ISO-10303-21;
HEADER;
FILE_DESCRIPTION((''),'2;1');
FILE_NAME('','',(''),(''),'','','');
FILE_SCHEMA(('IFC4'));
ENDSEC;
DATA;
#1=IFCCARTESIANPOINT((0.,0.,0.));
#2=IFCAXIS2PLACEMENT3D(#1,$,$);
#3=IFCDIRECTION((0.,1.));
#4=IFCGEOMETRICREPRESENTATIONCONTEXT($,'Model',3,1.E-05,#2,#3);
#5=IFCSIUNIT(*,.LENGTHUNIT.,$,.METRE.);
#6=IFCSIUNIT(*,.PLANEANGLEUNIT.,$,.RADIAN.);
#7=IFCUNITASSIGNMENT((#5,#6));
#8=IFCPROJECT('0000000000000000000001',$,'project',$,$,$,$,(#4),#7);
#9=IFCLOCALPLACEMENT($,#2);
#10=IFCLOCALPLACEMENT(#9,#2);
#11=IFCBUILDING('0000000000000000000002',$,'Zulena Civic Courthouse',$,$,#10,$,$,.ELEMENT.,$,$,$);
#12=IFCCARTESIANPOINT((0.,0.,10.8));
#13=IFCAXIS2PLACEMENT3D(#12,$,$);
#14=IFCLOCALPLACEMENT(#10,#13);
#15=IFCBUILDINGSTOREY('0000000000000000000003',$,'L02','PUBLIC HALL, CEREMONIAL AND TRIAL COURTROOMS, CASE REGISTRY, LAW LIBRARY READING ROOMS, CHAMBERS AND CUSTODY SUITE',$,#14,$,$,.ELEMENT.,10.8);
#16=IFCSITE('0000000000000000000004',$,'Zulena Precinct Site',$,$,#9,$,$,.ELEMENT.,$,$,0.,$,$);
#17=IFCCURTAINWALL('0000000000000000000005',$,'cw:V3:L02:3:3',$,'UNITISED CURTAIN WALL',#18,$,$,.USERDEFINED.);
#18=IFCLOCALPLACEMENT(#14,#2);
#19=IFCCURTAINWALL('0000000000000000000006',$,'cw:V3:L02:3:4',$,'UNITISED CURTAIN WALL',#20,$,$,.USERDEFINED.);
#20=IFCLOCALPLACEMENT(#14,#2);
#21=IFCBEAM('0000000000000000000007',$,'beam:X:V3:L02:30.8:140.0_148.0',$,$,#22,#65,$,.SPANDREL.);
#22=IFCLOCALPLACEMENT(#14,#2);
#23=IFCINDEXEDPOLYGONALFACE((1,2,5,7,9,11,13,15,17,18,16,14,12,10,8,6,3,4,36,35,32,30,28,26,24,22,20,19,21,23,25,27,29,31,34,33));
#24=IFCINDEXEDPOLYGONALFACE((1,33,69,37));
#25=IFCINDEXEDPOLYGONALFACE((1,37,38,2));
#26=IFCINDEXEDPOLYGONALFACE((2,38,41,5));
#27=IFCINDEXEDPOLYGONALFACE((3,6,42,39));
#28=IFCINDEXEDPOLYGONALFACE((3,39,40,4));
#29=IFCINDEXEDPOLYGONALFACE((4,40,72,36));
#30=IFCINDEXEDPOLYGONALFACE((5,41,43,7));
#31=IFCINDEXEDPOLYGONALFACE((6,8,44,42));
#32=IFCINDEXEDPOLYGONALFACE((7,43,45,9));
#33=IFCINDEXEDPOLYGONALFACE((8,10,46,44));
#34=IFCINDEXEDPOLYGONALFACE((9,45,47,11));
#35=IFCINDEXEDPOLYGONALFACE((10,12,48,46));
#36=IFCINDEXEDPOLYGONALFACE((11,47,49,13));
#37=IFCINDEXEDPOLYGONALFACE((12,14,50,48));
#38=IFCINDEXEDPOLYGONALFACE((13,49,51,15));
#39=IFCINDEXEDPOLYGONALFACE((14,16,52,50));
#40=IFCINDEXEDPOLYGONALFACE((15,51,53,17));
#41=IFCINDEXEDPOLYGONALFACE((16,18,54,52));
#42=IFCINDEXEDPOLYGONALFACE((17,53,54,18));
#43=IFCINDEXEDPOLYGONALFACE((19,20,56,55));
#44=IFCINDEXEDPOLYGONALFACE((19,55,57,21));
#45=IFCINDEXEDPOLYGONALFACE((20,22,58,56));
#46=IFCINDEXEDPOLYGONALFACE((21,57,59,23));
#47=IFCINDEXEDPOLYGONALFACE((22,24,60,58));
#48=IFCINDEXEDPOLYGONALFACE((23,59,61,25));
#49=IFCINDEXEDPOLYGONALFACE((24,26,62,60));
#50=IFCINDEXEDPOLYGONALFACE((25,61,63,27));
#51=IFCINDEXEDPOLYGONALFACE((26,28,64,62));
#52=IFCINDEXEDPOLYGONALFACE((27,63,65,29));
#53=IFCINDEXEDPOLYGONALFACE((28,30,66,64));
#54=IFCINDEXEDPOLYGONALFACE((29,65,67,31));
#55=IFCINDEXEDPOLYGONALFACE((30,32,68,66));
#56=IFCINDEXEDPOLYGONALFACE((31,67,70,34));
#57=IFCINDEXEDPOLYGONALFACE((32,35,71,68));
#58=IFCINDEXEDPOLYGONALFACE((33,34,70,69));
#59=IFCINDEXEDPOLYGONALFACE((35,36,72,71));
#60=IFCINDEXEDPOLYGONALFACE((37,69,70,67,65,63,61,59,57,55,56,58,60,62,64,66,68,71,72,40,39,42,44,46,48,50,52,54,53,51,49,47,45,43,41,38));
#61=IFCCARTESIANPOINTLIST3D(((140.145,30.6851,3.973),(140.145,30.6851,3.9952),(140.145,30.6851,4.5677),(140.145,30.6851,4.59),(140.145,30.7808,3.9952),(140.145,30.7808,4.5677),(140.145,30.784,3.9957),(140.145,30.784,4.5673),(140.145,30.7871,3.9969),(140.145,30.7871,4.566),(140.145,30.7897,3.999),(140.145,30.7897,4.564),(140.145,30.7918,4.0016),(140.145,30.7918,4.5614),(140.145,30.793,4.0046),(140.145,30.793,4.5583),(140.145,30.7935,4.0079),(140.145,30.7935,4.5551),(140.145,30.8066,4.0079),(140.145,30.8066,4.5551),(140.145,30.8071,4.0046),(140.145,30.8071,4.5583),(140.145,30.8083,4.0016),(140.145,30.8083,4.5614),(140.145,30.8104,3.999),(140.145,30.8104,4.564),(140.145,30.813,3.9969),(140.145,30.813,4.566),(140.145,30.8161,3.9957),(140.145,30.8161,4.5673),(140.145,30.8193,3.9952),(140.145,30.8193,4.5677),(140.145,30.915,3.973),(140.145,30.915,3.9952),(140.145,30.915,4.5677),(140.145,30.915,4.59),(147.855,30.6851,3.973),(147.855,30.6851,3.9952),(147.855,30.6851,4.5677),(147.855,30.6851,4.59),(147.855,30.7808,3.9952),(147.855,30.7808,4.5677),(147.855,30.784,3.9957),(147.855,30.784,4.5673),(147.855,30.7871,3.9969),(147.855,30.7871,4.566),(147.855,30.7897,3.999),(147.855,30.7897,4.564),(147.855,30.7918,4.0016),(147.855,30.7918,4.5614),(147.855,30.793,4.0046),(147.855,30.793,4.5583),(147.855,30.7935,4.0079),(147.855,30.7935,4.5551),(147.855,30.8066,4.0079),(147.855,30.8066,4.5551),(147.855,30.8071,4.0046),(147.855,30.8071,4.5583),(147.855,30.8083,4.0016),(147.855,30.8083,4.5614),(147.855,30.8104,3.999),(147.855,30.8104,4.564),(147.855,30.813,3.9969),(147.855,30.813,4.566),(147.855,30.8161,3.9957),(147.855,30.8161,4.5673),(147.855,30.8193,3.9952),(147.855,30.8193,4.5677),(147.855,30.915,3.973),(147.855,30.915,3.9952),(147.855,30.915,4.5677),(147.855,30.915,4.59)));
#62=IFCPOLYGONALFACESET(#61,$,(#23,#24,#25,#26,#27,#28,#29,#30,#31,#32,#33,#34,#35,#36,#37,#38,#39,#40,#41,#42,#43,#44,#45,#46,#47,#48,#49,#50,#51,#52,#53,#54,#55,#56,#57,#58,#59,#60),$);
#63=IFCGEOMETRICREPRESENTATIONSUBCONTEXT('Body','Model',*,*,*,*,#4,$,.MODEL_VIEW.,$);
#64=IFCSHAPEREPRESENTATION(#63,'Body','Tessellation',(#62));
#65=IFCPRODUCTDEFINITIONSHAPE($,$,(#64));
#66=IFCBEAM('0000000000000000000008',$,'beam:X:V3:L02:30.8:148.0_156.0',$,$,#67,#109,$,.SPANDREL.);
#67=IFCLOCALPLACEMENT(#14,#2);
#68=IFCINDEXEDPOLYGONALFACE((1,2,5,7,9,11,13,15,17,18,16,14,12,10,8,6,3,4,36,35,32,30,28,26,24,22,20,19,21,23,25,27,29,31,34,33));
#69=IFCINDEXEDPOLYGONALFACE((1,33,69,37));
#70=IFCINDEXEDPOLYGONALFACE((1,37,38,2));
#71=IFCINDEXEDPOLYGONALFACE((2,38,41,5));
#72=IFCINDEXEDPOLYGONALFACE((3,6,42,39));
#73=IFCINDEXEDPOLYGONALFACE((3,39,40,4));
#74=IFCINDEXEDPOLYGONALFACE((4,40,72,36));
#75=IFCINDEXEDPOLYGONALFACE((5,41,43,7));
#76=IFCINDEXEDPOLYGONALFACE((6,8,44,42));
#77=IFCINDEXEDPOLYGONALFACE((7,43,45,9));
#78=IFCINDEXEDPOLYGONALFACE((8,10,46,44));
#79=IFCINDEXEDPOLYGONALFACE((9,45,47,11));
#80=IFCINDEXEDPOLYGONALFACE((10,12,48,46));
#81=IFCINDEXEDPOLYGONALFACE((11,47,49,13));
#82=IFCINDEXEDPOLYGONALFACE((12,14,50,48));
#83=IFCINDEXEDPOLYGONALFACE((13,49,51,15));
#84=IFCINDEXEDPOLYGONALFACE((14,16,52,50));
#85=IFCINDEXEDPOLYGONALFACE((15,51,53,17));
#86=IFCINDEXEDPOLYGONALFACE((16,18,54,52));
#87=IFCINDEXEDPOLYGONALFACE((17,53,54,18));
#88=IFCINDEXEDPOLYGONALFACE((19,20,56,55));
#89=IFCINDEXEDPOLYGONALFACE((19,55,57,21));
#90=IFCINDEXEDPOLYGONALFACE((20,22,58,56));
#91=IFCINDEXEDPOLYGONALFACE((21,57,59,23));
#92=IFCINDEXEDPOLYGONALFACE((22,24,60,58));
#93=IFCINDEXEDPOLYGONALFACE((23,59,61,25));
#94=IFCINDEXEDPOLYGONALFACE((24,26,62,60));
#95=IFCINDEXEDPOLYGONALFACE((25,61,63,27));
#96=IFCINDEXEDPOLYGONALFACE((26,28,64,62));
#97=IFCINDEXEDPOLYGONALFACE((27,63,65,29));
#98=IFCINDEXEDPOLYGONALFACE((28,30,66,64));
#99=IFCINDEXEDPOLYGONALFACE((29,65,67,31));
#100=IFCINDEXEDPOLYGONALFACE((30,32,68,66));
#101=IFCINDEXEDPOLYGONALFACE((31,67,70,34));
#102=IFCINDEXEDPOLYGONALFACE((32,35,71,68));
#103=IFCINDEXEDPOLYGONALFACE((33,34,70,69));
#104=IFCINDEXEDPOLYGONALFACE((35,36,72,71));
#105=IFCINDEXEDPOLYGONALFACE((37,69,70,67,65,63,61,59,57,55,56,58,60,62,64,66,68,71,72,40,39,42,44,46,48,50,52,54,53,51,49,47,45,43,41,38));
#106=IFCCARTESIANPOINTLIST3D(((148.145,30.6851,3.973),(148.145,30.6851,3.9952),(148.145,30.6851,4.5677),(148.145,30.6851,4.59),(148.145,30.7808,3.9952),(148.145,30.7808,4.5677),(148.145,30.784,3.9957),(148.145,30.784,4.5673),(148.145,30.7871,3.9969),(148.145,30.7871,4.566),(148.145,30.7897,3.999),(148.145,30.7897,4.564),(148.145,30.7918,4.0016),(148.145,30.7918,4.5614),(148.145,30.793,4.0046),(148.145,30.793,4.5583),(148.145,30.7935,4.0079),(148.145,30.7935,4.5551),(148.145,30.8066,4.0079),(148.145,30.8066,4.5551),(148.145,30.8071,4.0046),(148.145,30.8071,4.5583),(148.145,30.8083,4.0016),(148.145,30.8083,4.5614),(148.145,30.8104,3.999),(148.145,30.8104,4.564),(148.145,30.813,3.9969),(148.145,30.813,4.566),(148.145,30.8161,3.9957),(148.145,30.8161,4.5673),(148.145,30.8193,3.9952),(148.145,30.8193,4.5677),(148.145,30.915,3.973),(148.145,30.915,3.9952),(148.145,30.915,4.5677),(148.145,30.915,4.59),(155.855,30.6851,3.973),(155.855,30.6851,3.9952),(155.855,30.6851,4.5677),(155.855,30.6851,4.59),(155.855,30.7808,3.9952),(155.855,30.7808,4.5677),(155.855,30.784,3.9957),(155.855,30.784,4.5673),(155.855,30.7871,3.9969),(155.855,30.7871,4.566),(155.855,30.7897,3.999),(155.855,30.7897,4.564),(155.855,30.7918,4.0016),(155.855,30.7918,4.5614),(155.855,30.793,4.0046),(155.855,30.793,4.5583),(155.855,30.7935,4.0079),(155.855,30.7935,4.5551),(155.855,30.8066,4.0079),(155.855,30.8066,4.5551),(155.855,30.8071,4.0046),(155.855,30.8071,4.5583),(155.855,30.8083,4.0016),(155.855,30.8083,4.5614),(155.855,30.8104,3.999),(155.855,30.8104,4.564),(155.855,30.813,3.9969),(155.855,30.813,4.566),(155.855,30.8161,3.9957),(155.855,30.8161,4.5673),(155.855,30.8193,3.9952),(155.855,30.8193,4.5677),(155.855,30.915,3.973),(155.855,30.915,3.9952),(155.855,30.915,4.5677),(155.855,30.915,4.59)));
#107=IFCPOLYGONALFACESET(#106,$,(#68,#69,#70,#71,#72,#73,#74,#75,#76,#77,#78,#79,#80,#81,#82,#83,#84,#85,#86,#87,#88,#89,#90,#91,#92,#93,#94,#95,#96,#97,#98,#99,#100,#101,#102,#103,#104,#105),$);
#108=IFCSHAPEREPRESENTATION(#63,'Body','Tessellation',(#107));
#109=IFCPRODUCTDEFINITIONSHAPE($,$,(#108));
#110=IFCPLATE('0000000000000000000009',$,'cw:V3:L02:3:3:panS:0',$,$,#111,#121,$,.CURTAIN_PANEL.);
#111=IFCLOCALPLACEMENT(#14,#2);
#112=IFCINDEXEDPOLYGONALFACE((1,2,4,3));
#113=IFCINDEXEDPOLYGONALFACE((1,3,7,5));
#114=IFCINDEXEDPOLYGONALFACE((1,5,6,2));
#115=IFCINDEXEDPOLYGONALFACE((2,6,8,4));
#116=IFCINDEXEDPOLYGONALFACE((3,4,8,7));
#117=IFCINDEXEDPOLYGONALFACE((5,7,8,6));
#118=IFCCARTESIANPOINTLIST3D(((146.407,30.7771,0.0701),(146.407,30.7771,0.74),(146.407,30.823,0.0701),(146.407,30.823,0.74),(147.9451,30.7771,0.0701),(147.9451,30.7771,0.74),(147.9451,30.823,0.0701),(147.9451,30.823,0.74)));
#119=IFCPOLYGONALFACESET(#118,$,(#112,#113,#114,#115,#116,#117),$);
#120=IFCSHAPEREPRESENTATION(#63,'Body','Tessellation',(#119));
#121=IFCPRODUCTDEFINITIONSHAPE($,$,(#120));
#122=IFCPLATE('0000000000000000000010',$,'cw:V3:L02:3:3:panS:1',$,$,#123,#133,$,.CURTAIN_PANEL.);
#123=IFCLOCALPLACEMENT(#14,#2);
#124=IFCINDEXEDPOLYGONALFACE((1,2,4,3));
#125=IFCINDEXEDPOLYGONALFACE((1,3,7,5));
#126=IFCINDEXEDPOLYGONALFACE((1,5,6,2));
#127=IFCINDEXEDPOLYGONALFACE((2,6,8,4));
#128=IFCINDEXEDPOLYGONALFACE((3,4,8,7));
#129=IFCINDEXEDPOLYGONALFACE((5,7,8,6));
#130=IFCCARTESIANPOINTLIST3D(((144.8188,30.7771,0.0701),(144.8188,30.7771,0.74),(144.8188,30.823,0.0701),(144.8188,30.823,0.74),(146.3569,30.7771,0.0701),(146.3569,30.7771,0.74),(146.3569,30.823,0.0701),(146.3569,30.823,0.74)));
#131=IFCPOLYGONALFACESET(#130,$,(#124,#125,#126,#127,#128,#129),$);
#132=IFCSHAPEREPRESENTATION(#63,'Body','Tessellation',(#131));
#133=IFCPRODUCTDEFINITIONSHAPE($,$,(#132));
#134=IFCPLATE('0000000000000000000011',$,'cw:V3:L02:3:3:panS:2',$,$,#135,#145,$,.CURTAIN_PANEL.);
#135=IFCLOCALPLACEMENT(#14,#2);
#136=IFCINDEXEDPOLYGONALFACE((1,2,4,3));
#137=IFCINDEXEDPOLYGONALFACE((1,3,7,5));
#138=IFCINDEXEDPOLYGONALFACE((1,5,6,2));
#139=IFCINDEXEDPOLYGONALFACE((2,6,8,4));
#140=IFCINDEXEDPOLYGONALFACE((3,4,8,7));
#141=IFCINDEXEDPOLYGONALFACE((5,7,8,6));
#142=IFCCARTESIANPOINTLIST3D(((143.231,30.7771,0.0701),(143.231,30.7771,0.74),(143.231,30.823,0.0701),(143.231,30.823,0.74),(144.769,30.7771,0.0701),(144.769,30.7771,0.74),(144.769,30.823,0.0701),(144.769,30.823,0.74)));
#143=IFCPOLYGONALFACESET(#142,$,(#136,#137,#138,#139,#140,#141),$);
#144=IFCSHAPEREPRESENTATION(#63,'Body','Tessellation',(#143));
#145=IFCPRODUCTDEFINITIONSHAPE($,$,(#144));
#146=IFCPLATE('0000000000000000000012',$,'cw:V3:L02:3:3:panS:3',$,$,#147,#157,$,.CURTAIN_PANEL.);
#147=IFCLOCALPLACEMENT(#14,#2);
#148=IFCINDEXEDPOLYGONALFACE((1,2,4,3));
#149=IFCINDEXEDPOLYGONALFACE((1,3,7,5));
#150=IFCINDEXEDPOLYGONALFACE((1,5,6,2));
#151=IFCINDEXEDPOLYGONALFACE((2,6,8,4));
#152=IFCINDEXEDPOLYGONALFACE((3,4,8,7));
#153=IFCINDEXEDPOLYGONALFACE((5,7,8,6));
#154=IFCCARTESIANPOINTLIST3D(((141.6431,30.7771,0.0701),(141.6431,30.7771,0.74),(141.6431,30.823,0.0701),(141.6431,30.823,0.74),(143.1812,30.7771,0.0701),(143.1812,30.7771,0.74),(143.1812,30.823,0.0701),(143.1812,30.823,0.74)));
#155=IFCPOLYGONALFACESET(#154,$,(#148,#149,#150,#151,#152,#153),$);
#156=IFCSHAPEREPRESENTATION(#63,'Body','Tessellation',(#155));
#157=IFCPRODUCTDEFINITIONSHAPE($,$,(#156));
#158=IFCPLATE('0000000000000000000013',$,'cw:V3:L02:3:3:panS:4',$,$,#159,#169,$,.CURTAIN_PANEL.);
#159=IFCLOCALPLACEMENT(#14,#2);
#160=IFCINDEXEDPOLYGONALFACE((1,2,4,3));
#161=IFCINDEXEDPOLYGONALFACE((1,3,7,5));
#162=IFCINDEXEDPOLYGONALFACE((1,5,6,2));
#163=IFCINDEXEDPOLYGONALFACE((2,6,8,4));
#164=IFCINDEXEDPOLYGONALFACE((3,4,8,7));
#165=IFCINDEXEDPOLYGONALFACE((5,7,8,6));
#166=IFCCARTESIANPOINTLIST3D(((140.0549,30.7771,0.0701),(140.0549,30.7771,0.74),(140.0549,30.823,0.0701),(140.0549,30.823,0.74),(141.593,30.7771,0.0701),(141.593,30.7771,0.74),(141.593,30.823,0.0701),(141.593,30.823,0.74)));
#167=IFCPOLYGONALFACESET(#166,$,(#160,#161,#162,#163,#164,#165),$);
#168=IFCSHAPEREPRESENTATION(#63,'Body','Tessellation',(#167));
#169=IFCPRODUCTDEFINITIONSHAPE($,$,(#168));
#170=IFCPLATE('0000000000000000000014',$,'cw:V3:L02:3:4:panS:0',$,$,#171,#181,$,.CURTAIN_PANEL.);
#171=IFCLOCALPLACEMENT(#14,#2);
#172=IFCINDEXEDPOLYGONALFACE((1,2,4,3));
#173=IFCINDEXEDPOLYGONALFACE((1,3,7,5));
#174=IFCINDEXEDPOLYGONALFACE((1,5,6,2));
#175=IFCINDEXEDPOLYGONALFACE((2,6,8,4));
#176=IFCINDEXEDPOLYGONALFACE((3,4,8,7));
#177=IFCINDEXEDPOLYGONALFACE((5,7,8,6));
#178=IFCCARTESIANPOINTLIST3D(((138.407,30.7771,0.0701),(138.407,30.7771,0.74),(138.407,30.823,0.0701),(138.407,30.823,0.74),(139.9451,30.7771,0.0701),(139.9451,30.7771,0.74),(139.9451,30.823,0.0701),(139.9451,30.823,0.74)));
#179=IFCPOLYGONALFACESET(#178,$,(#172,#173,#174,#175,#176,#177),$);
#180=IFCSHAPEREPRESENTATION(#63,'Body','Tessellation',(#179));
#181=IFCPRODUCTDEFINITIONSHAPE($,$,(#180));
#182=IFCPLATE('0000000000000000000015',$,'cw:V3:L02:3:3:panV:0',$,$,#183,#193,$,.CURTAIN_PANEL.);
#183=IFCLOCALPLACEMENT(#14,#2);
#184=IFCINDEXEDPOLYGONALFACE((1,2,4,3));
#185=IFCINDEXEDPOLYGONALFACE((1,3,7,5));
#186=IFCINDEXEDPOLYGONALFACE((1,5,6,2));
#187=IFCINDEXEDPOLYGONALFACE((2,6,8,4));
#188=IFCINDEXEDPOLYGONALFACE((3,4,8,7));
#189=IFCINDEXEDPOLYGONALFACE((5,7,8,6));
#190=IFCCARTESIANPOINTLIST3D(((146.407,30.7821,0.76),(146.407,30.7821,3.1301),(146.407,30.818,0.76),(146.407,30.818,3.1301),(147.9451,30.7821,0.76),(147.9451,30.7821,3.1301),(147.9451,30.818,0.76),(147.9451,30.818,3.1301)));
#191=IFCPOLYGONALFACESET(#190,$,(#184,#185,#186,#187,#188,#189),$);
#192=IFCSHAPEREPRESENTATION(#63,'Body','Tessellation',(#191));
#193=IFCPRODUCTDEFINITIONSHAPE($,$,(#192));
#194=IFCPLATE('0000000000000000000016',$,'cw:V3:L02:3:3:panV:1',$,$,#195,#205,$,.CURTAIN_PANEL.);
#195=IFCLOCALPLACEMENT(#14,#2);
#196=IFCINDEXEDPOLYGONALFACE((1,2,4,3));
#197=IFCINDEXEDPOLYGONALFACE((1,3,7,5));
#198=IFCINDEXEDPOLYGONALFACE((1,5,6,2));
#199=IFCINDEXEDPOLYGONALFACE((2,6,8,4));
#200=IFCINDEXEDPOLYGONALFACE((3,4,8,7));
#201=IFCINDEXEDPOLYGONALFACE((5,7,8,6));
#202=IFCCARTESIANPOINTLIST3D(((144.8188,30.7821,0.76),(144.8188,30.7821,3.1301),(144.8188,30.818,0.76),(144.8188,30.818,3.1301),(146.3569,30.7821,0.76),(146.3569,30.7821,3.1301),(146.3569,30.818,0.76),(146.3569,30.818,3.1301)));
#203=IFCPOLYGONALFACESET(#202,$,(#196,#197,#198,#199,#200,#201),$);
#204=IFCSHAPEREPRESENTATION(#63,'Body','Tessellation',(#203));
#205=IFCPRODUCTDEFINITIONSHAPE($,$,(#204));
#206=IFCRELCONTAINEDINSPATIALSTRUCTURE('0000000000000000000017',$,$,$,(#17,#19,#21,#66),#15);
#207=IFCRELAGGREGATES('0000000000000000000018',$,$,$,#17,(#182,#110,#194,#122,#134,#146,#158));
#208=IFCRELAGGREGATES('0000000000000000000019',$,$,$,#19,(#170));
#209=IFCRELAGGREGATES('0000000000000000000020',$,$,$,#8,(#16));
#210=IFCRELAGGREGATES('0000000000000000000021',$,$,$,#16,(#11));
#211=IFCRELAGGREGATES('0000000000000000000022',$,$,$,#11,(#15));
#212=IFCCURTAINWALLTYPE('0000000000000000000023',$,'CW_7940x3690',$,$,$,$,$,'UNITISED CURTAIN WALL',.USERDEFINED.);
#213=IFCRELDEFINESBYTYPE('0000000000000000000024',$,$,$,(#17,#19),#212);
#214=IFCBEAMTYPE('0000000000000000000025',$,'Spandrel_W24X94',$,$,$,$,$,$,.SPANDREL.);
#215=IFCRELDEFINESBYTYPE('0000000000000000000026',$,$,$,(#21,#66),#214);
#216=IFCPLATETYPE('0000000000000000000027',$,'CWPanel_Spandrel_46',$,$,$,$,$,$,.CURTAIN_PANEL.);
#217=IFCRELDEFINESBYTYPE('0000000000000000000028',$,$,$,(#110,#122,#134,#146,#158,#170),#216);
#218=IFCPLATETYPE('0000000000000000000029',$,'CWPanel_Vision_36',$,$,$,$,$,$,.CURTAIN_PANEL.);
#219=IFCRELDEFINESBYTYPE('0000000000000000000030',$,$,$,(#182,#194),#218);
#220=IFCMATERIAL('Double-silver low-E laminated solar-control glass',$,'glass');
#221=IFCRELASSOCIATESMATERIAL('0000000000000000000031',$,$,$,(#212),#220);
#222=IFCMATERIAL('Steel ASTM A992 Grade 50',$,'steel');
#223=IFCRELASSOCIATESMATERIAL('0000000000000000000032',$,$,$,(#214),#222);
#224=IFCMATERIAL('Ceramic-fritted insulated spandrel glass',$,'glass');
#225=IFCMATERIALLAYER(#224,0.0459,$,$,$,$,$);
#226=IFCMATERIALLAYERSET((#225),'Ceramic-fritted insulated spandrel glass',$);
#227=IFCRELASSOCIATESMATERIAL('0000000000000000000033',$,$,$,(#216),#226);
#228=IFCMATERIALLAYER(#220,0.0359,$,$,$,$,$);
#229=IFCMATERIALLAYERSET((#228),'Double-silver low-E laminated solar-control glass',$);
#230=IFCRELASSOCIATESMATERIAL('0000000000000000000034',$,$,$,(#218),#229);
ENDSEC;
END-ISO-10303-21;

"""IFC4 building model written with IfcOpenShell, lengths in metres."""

from ifc_helpers import new_model, si_unit, direction, frame, origin, origin_2d, place, context, subcontext, project, spatial, rectangle, i_section, extrude, material, layer, layer_set, material_profile, profile_set, type_object, element, aggregate, save


model = new_model("IFC4")

# Units and contexts
model_context = context("Model", 3, precision=1e-05, world=origin(), true_north=direction((0.0, 1.0)))
body_context = subcontext(model_context, "Body", "Model", "MODEL_VIEW")
ifc_project = project(units=[si_unit("LENGTHUNIT", "METRE"), si_unit("PLANEANGLEUNIT", "RADIAN")], contexts=[model_context])

# Site, building, storey
site_placement = place(None, origin())
site = spatial("IfcSite", under=ifc_project, at=site_placement, Name="Zulena Precinct Site", CompositionType="ELEMENT", RefElevation=0.0)
building_placement = place(site_placement, origin())
building = spatial("IfcBuilding", under=site, at=building_placement, Name="Zulena Civic Courthouse", CompositionType="ELEMENT")
storey_placement = place(building_placement, frame((0.0, 0.0, 10.8)))
storey = spatial("IfcBuildingStorey", under=building, at=storey_placement, Name="L02", Description="PUBLIC HALL, CEREMONIAL AND TRIAL COURTROOMS, CASE REGISTRY, LAW LIBRARY READING ROOMS, CHAMBERS AND CUSTODY SUITE", CompositionType="ELEMENT", Elevation=10.8)

# Shared definitions
ifc_material_1 = material(Name="Steel ASTM A992 Grade 50", Category="steel")

# Shared definitions
ifc_material_2 = material(Name="Double-silver low-E laminated solar-control glass", Category="glass")
curtain_wall_type = type_object("IfcCurtainWallType", Name="CW_7940x3690", ElementType="UNITISED CURTAIN WALL", PredefinedType="USERDEFINED", material=ifc_material_2)

# Curtain wall
curtain_wall_1_placement = place(storey_placement, origin())
curtain_wall_1 = element("IfcCurtainWall", 1, at=curtain_wall_1_placement, inside=storey, type_object=curtain_wall_type, Name="cw:V3:L02:3:3", ObjectType="UNITISED CURTAIN WALL", PredefinedType="USERDEFINED")

# Curtain wall
curtain_wall_2_placement = place(storey_placement, origin())
curtain_wall_2 = element("IfcCurtainWall", 2, at=curtain_wall_2_placement, inside=storey, type_object=curtain_wall_type, Name="cw:V3:L02:3:4", ObjectType="UNITISED CURTAIN WALL", PredefinedType="USERDEFINED")

# Beams
ifc_material_profile_1 = material_profile(ifc_material_1, i_section(OverallWidth=0.23, OverallDepth=0.6169, WebThickness=0.0132, FlangeThickness=0.0222, FilletRadius=0.0127, at=origin_2d()), Name="W24X94")
ifc_profile_set_1 = profile_set([ifc_material_profile_1], Name="Steel ASTM A992 Grade 50")
beam_type = type_object("IfcBeamType", Name="Spandrel_W24X94", PredefinedType="SPANDREL", material=ifc_profile_set_1)
for number, where, z_axis, x_axis, name in (
    (3, (140.145, 30.8, 4.2815), (1.0, 0.0, 0.0), (0.0, 1.0, 0.0), "beam:X:V3:L02:30.8:140.0_148.0"),
    (4, (148.145, 30.8, 4.2815), (1.0, 0.0, 0.0), (0.0, 1.0, 0.0), "beam:X:V3:L02:30.8:148.0_156.0"),
):
    element("IfcBeam", number, at=place(storey_placement, frame(where, z_axis=z_axis, x_axis=x_axis)), inside=storey, type_object=beam_type, Name=name, PredefinedType="SPANDREL", context=body_context, shape_type="SweptSolid", body=[
        extrude(i_section(OverallWidth=0.23, OverallDepth=0.6169, WebThickness=0.0132, FlangeThickness=0.0222, FilletRadius=0.0127, at=origin_2d()), origin(), (0.0, 0.0, 1.0), 7.71),
    ])

# Plates
ifc_material_3 = material(Name="Ceramic-fritted insulated spandrel glass", Category="glass")
ifc_layer_1 = layer(ifc_material_3, 0.0459)
ifc_layer_set_1 = layer_set([ifc_layer_1], Name="Ceramic-fritted insulated spandrel glass")
plate_type_1 = type_object("IfcPlateType", Name="CWPanel_Spandrel_46", PredefinedType="CURTAIN_PANEL", material=ifc_layer_set_1)
plate_1_placement = place(storey_placement, frame((147.176, 30.8, 0.0701), z_axis=(0.0, 0.0, 1.0), x_axis=(-1.0, 0.0, 0.0)))
plate_1 = element("IfcPlate", 5, at=plate_1_placement, type_object=plate_type_1, Name="cw:V3:L02:3:3:panS:0", PredefinedType="CURTAIN_PANEL", context=body_context, shape_type="SweptSolid", body=[
    extrude(rectangle(XDim=1.5381, YDim=0.0459, at=origin_2d()), origin(), (0.0, 0.0, 1.0), 0.6699),
])
plate_2_placement = place(storey_placement, frame((145.5879, 30.8, 0.0701), z_axis=(0.0, 0.0, 1.0), x_axis=(-1.0, 0.0, 0.0)))
plate_2 = element("IfcPlate", 6, at=plate_2_placement, type_object=plate_type_1, Name="cw:V3:L02:3:3:panS:1", PredefinedType="CURTAIN_PANEL", context=body_context, shape_type="SweptSolid", body=[
    extrude(rectangle(XDim=1.5381, YDim=0.0459, at=origin_2d()), origin(), (0.0, 0.0, 1.0), 0.6699),
])
plate_3_placement = place(storey_placement, frame((144.0, 30.8, 0.0701), z_axis=(0.0, 0.0, 1.0), x_axis=(-1.0, 0.0, 0.0)))
plate_3 = element("IfcPlate", 7, at=plate_3_placement, type_object=plate_type_1, Name="cw:V3:L02:3:3:panS:2", PredefinedType="CURTAIN_PANEL", context=body_context, shape_type="SweptSolid", body=[
    extrude(rectangle(XDim=1.5381, YDim=0.0459, at=origin_2d()), origin(), (0.0, 0.0, 1.0), 0.6699),
])
plate_4_placement = place(storey_placement, frame((142.4121, 30.8, 0.0701), z_axis=(0.0, 0.0, 1.0), x_axis=(-1.0, 0.0, 0.0)))
plate_4 = element("IfcPlate", 8, at=plate_4_placement, type_object=plate_type_1, Name="cw:V3:L02:3:3:panS:3", PredefinedType="CURTAIN_PANEL", context=body_context, shape_type="SweptSolid", body=[
    extrude(rectangle(XDim=1.5381, YDim=0.0459, at=origin_2d()), origin(), (0.0, 0.0, 1.0), 0.6699),
])
plate_5_placement = place(storey_placement, frame((140.824, 30.8, 0.0701), z_axis=(0.0, 0.0, 1.0), x_axis=(-1.0, 0.0, 0.0)))
plate_5 = element("IfcPlate", 9, at=plate_5_placement, type_object=plate_type_1, Name="cw:V3:L02:3:3:panS:4", PredefinedType="CURTAIN_PANEL", context=body_context, shape_type="SweptSolid", body=[
    extrude(rectangle(XDim=1.5381, YDim=0.0459, at=origin_2d()), origin(), (0.0, 0.0, 1.0), 0.6699),
])
plate_6_placement = place(storey_placement, frame((139.176, 30.8, 0.0701), z_axis=(0.0, 0.0, 1.0), x_axis=(-1.0, 0.0, 0.0)))
plate_6 = element("IfcPlate", 10, at=plate_6_placement, type_object=plate_type_1, Name="cw:V3:L02:3:4:panS:0", PredefinedType="CURTAIN_PANEL", context=body_context, shape_type="SweptSolid", body=[
    extrude(rectangle(XDim=1.5381, YDim=0.0459, at=origin_2d()), origin(), (0.0, 0.0, 1.0), 0.6699),
])
ifc_layer_2 = layer(ifc_material_2, 0.0359)
ifc_layer_set_2 = layer_set([ifc_layer_2], Name="Double-silver low-E laminated solar-control glass")
plate_type_2 = type_object("IfcPlateType", Name="CWPanel_Vision_36", PredefinedType="CURTAIN_PANEL", material=ifc_layer_set_2)
plate_7_placement = place(storey_placement, frame((147.176, 30.8, 0.76), z_axis=(0.0, 0.0, 1.0), x_axis=(-1.0, 0.0, 0.0)))
plate_7 = element("IfcPlate", 11, at=plate_7_placement, type_object=plate_type_2, Name="cw:V3:L02:3:3:panV:0", PredefinedType="CURTAIN_PANEL", context=body_context, shape_type="SweptSolid", body=[
    extrude(rectangle(XDim=1.5381, YDim=0.0359, at=origin_2d()), origin(), (0.0, 0.0, 1.0), 2.3701),
])
plate_8_placement = place(storey_placement, frame((145.5879, 30.8, 0.76), z_axis=(0.0, 0.0, 1.0), x_axis=(-1.0, 0.0, 0.0)))
plate_8 = element("IfcPlate", 12, at=plate_8_placement, type_object=plate_type_2, Name="cw:V3:L02:3:3:panV:1", PredefinedType="CURTAIN_PANEL", context=body_context, shape_type="SweptSolid", body=[
    extrude(rectangle(XDim=1.5381, YDim=0.0359, at=origin_2d()), origin(), (0.0, 0.0, 1.0), 2.3701),
])
aggregate(curtain_wall_1, [plate_7, plate_1, plate_8, plate_2, plate_3, plate_4, plate_5])
aggregate(curtain_wall_2, [plate_6])

save(model, "model.ifc")
